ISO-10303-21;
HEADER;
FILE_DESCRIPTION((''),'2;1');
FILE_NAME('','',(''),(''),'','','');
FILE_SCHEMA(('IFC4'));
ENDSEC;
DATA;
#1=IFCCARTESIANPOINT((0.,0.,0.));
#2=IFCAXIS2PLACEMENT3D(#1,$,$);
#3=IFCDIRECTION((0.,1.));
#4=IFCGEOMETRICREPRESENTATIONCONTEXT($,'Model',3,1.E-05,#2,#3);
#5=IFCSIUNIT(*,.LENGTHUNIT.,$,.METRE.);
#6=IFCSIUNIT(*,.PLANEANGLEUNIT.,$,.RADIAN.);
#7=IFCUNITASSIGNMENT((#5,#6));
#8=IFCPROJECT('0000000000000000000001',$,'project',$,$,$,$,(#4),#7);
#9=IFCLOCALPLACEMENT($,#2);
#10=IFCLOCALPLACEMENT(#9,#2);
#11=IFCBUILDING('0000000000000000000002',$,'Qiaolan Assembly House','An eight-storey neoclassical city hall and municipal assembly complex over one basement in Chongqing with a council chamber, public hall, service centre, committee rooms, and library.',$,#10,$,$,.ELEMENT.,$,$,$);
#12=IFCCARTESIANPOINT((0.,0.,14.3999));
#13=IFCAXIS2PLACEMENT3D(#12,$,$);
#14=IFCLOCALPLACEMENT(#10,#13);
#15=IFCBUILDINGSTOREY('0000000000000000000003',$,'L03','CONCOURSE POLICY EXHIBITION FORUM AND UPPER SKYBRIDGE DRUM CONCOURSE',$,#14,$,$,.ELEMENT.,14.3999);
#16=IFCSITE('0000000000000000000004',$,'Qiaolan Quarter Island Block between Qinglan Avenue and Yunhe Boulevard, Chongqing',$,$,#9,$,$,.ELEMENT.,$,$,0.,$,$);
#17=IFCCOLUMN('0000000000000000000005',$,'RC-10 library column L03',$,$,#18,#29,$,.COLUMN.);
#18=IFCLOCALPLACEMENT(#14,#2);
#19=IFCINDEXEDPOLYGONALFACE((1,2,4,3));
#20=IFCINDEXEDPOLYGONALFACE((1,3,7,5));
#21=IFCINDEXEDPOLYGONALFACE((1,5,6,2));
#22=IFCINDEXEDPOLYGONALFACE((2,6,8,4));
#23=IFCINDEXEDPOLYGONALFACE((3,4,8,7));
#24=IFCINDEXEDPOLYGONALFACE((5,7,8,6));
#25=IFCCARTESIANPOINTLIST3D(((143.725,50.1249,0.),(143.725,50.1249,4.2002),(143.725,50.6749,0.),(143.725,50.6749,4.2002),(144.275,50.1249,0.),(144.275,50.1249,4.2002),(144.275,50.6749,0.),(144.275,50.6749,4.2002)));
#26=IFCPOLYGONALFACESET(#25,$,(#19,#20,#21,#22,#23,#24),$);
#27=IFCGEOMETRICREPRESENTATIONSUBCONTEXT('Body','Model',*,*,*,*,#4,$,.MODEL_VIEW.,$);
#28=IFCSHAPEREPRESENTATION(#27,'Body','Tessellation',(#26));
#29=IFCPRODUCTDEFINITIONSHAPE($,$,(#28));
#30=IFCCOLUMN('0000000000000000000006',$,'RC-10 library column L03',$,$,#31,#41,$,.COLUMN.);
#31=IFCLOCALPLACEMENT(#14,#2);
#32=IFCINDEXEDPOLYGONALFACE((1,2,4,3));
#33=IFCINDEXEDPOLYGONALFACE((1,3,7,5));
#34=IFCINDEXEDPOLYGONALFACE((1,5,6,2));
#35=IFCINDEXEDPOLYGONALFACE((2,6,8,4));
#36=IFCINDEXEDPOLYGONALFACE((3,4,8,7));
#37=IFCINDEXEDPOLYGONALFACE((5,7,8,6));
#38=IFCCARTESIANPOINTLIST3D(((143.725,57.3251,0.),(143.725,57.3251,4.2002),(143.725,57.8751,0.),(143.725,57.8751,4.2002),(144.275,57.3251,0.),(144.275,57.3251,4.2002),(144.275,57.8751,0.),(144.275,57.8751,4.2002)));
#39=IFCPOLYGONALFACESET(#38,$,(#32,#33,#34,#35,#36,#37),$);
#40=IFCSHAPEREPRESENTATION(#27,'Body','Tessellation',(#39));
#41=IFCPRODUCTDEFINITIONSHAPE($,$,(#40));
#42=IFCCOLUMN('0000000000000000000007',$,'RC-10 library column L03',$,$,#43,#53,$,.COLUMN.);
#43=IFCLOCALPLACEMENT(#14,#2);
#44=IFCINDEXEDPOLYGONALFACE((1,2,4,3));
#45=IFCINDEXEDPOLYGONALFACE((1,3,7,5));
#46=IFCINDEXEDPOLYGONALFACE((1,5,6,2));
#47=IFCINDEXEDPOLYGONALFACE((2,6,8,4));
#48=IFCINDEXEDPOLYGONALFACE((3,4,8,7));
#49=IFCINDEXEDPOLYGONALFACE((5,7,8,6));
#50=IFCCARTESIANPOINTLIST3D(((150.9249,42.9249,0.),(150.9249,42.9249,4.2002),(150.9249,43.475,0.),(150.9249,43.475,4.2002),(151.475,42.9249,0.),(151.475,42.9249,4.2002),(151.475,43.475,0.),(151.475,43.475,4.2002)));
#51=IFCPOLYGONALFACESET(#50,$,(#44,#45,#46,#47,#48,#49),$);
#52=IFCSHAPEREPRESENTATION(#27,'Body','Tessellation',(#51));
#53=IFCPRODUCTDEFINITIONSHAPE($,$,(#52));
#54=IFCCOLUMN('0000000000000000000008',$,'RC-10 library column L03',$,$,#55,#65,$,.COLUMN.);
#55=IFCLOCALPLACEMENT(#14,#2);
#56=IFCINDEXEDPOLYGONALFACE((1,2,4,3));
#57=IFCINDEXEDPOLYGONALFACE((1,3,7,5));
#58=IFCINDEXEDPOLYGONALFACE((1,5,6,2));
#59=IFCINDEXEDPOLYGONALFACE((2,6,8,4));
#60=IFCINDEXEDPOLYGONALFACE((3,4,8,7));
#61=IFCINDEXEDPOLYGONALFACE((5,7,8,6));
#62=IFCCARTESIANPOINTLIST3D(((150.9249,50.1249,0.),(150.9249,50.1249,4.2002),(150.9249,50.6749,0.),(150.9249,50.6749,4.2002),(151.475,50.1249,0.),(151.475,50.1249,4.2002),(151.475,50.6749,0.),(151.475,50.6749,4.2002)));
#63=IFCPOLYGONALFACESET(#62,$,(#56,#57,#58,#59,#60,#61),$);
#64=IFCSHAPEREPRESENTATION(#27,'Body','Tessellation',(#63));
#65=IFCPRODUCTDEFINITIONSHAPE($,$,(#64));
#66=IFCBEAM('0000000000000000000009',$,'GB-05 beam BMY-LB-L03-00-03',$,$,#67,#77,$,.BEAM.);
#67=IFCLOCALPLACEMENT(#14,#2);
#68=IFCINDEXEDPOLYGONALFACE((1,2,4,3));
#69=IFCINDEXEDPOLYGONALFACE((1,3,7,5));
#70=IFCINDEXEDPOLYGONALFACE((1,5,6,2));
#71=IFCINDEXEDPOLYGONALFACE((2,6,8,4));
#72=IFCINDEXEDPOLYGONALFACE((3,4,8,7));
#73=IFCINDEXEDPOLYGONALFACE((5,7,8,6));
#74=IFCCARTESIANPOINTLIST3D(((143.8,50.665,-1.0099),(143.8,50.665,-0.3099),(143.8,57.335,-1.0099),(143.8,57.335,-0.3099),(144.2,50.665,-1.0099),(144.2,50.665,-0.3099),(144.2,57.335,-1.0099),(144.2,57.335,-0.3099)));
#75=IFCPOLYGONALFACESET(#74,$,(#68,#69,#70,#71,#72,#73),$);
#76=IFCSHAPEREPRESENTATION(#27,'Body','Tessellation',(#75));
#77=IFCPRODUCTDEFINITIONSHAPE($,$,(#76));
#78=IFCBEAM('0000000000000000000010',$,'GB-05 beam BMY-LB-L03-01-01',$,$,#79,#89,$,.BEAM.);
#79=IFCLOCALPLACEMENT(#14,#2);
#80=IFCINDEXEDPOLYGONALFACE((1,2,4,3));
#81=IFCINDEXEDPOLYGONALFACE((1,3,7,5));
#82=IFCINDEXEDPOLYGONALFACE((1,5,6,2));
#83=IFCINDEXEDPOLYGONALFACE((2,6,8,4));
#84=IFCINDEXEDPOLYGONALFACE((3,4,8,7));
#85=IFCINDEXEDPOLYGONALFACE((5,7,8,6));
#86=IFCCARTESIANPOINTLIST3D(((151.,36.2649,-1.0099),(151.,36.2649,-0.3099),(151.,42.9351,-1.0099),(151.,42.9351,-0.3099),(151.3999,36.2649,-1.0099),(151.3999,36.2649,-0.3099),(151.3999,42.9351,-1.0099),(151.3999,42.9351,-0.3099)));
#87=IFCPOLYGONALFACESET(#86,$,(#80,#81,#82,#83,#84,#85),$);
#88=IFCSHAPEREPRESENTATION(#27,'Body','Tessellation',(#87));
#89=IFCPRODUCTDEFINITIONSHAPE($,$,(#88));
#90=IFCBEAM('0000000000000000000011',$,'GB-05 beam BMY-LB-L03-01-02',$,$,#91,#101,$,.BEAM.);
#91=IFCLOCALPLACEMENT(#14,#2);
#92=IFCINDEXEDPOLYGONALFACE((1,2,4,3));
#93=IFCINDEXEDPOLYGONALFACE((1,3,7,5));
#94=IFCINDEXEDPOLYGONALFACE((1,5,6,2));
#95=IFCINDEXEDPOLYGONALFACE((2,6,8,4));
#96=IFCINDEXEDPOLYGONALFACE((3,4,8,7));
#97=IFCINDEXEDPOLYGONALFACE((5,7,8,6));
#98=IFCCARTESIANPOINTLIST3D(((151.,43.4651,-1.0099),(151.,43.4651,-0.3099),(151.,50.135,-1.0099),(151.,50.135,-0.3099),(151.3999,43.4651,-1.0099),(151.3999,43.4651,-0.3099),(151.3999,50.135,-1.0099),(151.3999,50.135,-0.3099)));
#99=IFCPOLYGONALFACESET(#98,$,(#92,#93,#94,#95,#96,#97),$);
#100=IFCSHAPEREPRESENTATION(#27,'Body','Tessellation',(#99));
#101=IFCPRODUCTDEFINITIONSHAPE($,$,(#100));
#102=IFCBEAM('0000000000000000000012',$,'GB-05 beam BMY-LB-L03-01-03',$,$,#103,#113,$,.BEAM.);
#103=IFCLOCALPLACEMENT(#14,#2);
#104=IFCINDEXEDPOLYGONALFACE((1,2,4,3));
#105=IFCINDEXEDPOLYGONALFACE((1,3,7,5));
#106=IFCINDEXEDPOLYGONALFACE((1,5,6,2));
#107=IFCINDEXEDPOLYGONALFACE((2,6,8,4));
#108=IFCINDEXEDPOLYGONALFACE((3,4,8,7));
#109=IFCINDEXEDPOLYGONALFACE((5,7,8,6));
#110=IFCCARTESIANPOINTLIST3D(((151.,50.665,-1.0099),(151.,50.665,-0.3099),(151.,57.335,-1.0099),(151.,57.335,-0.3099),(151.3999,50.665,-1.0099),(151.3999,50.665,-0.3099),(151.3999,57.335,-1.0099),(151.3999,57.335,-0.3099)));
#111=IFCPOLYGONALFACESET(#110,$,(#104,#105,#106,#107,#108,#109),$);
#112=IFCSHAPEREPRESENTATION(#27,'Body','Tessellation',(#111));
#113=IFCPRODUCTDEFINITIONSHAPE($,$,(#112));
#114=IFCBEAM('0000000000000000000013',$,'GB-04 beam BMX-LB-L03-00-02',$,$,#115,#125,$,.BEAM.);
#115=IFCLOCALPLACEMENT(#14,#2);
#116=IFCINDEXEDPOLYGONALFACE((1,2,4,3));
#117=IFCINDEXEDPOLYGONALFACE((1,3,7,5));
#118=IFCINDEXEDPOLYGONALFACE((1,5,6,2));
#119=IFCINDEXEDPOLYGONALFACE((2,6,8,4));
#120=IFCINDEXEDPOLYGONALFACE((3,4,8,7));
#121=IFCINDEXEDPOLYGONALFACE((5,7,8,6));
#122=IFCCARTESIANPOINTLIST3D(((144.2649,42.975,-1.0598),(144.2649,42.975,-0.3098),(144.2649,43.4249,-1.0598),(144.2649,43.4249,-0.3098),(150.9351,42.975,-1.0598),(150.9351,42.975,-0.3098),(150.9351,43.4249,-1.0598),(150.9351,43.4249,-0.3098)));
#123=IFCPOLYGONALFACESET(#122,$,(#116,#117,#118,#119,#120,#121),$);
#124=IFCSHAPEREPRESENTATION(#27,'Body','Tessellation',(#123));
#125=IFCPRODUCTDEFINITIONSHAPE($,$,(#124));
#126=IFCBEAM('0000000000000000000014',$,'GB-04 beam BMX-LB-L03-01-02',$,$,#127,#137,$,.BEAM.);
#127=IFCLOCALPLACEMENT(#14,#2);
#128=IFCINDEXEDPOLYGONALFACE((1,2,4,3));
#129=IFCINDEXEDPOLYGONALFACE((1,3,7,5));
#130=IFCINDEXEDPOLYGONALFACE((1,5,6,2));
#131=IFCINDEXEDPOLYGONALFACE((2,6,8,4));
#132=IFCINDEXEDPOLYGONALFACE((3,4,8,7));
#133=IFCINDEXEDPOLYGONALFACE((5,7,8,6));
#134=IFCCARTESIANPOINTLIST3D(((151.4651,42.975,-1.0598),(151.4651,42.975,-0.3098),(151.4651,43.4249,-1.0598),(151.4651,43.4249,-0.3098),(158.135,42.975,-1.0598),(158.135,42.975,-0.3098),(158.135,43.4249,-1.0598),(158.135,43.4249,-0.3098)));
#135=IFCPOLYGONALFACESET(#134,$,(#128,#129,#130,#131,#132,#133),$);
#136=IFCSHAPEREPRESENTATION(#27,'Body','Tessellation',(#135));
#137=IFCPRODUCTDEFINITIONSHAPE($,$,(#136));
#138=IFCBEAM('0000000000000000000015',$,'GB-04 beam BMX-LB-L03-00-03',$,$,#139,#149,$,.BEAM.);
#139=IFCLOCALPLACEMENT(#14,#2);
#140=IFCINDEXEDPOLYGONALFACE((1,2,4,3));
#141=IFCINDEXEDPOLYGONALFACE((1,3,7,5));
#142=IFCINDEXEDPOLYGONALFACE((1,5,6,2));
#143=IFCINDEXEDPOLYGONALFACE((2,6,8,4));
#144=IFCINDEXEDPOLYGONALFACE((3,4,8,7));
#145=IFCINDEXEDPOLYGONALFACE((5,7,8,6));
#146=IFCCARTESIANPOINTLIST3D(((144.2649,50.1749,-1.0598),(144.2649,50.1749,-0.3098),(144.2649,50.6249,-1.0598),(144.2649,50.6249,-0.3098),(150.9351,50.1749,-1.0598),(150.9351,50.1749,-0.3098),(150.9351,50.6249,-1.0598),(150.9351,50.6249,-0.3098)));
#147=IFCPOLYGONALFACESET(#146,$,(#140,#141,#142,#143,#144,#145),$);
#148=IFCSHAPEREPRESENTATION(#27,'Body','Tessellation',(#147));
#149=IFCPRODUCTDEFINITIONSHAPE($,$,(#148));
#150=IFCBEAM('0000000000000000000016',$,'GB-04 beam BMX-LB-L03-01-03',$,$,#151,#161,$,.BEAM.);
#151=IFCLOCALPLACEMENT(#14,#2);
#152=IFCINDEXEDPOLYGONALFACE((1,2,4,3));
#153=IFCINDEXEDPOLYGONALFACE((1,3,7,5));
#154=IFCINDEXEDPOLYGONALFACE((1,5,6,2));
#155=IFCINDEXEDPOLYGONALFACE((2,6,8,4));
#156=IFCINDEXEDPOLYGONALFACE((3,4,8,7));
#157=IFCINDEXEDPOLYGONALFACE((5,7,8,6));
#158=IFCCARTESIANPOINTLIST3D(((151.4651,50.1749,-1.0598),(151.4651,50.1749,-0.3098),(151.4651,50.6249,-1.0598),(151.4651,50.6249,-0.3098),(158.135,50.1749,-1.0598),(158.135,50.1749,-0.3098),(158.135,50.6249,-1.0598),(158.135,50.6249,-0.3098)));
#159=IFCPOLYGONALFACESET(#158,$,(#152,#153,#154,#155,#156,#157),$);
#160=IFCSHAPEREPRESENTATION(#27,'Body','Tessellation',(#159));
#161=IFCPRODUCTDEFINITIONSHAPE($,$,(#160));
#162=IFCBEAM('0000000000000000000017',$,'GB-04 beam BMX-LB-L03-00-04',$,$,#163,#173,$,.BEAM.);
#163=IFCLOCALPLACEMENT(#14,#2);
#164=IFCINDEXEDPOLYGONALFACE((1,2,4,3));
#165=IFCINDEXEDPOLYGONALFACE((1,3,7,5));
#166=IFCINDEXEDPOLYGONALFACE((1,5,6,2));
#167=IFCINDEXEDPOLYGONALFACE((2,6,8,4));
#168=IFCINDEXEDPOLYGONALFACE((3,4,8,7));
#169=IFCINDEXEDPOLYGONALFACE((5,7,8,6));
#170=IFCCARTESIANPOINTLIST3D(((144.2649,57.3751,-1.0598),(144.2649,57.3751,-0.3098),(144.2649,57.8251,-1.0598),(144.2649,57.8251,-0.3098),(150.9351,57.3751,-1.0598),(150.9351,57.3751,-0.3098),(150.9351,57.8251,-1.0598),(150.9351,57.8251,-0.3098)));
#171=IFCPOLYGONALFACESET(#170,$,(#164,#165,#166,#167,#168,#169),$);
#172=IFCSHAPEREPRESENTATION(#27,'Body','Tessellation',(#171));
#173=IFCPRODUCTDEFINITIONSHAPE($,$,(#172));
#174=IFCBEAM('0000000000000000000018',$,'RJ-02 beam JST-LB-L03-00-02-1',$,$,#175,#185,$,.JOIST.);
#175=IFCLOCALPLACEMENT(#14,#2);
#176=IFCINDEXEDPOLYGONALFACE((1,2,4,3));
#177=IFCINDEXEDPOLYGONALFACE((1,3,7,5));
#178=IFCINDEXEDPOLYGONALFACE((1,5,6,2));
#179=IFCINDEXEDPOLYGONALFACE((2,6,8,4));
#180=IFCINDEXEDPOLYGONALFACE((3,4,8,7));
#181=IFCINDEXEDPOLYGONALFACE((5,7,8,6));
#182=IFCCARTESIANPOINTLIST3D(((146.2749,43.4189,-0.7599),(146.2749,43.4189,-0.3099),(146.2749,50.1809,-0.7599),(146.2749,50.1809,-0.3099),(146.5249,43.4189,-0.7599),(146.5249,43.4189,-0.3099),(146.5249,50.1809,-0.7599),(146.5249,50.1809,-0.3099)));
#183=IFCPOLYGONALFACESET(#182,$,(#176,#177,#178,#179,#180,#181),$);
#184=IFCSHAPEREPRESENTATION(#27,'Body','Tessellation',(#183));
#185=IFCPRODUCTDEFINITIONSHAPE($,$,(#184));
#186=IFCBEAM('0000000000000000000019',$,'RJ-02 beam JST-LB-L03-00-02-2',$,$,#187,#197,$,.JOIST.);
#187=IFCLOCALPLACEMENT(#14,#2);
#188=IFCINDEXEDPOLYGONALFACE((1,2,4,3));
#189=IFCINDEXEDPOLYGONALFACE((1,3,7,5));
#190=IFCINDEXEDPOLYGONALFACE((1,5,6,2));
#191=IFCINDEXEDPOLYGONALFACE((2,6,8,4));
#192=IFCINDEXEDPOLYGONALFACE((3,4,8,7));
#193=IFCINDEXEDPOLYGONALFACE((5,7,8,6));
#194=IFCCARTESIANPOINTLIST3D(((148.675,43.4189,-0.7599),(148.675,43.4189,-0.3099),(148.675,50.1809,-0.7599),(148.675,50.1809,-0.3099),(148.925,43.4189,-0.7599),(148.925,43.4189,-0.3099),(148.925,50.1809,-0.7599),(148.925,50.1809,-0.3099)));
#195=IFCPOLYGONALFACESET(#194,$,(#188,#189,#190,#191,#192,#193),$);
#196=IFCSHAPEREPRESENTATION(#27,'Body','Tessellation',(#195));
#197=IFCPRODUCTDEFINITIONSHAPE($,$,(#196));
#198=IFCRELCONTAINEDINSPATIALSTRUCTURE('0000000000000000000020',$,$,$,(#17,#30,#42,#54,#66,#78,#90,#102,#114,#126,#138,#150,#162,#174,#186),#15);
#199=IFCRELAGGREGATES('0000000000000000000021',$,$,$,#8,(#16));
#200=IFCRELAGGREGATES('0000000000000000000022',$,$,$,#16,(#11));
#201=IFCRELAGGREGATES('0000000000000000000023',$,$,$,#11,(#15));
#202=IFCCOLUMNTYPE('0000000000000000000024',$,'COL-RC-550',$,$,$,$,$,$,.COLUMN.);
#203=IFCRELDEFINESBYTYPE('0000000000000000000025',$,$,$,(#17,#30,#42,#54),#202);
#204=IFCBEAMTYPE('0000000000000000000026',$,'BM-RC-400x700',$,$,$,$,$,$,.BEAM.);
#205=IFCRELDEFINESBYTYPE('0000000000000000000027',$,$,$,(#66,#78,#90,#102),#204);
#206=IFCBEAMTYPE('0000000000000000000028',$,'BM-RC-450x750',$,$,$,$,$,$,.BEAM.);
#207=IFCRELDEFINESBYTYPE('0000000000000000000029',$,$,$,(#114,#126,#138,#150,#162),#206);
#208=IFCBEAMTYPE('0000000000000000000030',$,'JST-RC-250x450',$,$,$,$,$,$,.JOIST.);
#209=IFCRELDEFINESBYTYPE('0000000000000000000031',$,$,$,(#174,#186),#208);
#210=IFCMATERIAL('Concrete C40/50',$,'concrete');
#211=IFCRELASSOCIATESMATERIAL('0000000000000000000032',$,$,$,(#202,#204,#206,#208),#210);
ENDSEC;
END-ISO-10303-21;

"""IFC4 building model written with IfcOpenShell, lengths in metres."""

from ifc_helpers import new_model, si_unit, direction, frame, origin, origin_2d, place, context, subcontext, project, spatial, rectangle, extrude, material, material_profile, profile_set, type_object, element, save


model = new_model("IFC4")

# Units and contexts
model_context = context("Model", 3, precision=1e-05, world=origin(), true_north=direction((0.0, 1.0)))
body_context = subcontext(model_context, "Body", "Model", "MODEL_VIEW")
ifc_project = project(units=[si_unit("LENGTHUNIT", "METRE"), si_unit("PLANEANGLEUNIT", "RADIAN")], contexts=[model_context])

# Site, building, storey
site_placement = place(None, origin())
site = spatial("IfcSite", under=ifc_project, at=site_placement, Name="Qiaolan Quarter Island Block between Qinglan Avenue and Yunhe Boulevard, Chongqing", CompositionType="ELEMENT", RefElevation=0.0)
building_placement = place(site_placement, origin())
building = spatial("IfcBuilding", under=site, at=building_placement, Name="Qiaolan Assembly House", Description="An eight-storey neoclassical city hall and municipal assembly complex over one basement in Chongqing with a council chamber, public hall, service centre, committee rooms, and library.", CompositionType="ELEMENT")
storey_placement = place(building_placement, frame((0.0, 0.0, 14.3999)))
storey = spatial("IfcBuildingStorey", under=building, at=storey_placement, Name="L03", Description="CONCOURSE POLICY EXHIBITION FORUM AND UPPER SKYBRIDGE DRUM CONCOURSE", CompositionType="ELEMENT", Elevation=14.3999)

# Columns
ifc_material_1 = material(Name="Concrete C40/50", Category="concrete")
ifc_material_profile_1 = material_profile(ifc_material_1, rectangle(XDim=0.55, YDim=0.55, at=origin_2d()), Name="RC 550x550")
ifc_profile_set_1 = profile_set([ifc_material_profile_1], Name="Concrete C40/50")
column_type = type_object("IfcColumnType", Name="COL-RC-550", PredefinedType="COLUMN", material=ifc_profile_set_1)
for number, where, z_axis, x_axis, name in (
    (1, (144.0, 50.3999, 0.0), (0.0, 0.0, 1.0), (1.0, 0.0, 0.0), "RC-10 library column L03"),
    (2, (144.0, 57.6001, 0.0), (0.0, 0.0, 1.0), (1.0, 0.0, 0.0), "RC-10 library column L03"),
    (3, (151.2, 43.2, 0.0), (0.0, 0.0, 1.0), (1.0, 0.0, 0.0), "RC-10 library column L03"),
    (4, (151.2, 50.3999, 0.0), (0.0, 0.0, 1.0), (1.0, 0.0, 0.0), "RC-10 library column L03"),
):
    element("IfcColumn", number, at=place(storey_placement, frame(where, z_axis=z_axis, x_axis=x_axis)), inside=storey, type_object=column_type, Name=name, PredefinedType="COLUMN", context=body_context, shape_type="SweptSolid", body=[
        extrude(rectangle(XDim=0.55, YDim=0.55, at=origin_2d()), origin(), (0.0, 0.0, 1.0), 4.2002),
    ])

# Beams
ifc_material_profile_2 = material_profile(ifc_material_1, rectangle(XDim=0.3999, YDim=0.7, at=origin_2d()), Name="RCB 400x700")
ifc_profile_set_2 = profile_set([ifc_material_profile_2], Name="Concrete C40/50")
beam_type_1 = type_object("IfcBeamType", Name="BM-RC-400x700", PredefinedType="BEAM", material=ifc_profile_set_2)
beam_1_placement = place(storey_placement, frame((144.0, 50.665, -0.6599), z_axis=(0.0, 1.0, 0.0), x_axis=(-1.0, 0.0, 0.0)))
element("IfcBeam", 5, at=beam_1_placement, inside=storey, type_object=beam_type_1, Name="GB-05 beam BMY-LB-L03-00-03", PredefinedType="BEAM", context=body_context, shape_type="SweptSolid", body=[
    extrude(rectangle(XDim=0.3999, YDim=0.7, at=origin_2d()), origin(), (0.0, 0.0, 1.0), 6.6699),
])
beam_2_placement = place(storey_placement, frame((151.2, 36.2649, -0.6599), z_axis=(0.0, 1.0, 0.0), x_axis=(-1.0, 0.0, 0.0)))
element("IfcBeam", 6, at=beam_2_placement, inside=storey, type_object=beam_type_1, Name="GB-05 beam BMY-LB-L03-01-01", PredefinedType="BEAM", context=body_context, shape_type="SweptSolid", body=[
    extrude(rectangle(XDim=0.3999, YDim=0.7, at=origin_2d()), origin(), (0.0, 0.0, 1.0), 6.6702),
])
for number, where, z_axis, x_axis, name in (
    (7, (151.2, 43.4651, -0.6599), (0.0, 1.0, 0.0), (-1.0, 0.0, 0.0), "GB-05 beam BMY-LB-L03-01-02"),
    (8, (151.2, 50.665, -0.6599), (0.0, 1.0, 0.0), (-1.0, 0.0, 0.0), "GB-05 beam BMY-LB-L03-01-03"),
):
    element("IfcBeam", number, at=place(storey_placement, frame(where, z_axis=z_axis, x_axis=x_axis)), inside=storey, type_object=beam_type_1, Name=name, PredefinedType="BEAM", context=body_context, shape_type="SweptSolid", body=[
        extrude(rectangle(XDim=0.3999, YDim=0.7, at=origin_2d()), origin(), (0.0, 0.0, 1.0), 6.6699),
    ])
ifc_material_profile_3 = material_profile(ifc_material_1, rectangle(XDim=0.45, YDim=0.75, at=origin_2d()), Name="RCB 450x750")
ifc_profile_set_3 = profile_set([ifc_material_profile_3], Name="Concrete C40/50")
beam_type_2 = type_object("IfcBeamType", Name="BM-RC-450x750", PredefinedType="BEAM", material=ifc_profile_set_3)
beam_3_placement = place(storey_placement, frame((144.2649, 43.2, -0.6848), z_axis=(1.0, 0.0, 0.0), x_axis=(0.0, 1.0, 0.0)))
element("IfcBeam", 9, at=beam_3_placement, inside=storey, type_object=beam_type_2, Name="GB-04 beam BMX-LB-L03-00-02", PredefinedType="BEAM", context=body_context, shape_type="SweptSolid", body=[
    extrude(rectangle(XDim=0.45, YDim=0.75, at=origin_2d()), origin(), (0.0, 0.0, 1.0), 6.6702),
])
beam_4_placement = place(storey_placement, frame((151.4651, 43.2, -0.6848), z_axis=(1.0, 0.0, 0.0), x_axis=(0.0, 1.0, 0.0)))
element("IfcBeam", 10, at=beam_4_placement, inside=storey, type_object=beam_type_2, Name="GB-04 beam BMX-LB-L03-01-02", PredefinedType="BEAM", context=body_context, shape_type="SweptSolid", body=[
    extrude(rectangle(XDim=0.45, YDim=0.75, at=origin_2d()), origin(), (0.0, 0.0, 1.0), 6.6699),
])
beam_5_placement = place(storey_placement, frame((144.2649, 50.3999, -0.6848), z_axis=(1.0, 0.0, 0.0), x_axis=(0.0, 1.0, 0.0)))
element("IfcBeam", 11, at=beam_5_placement, inside=storey, type_object=beam_type_2, Name="GB-04 beam BMX-LB-L03-00-03", PredefinedType="BEAM", context=body_context, shape_type="SweptSolid", body=[
    extrude(rectangle(XDim=0.45, YDim=0.75, at=origin_2d()), origin(), (0.0, 0.0, 1.0), 6.6702),
])
beam_6_placement = place(storey_placement, frame((151.4651, 50.3999, -0.6848), z_axis=(1.0, 0.0, 0.0), x_axis=(0.0, 1.0, 0.0)))
element("IfcBeam", 12, at=beam_6_placement, inside=storey, type_object=beam_type_2, Name="GB-04 beam BMX-LB-L03-01-03", PredefinedType="BEAM", context=body_context, shape_type="SweptSolid", body=[
    extrude(rectangle(XDim=0.45, YDim=0.75, at=origin_2d()), origin(), (0.0, 0.0, 1.0), 6.6699),
])
beam_7_placement = place(storey_placement, frame((144.2649, 57.6001, -0.6848), z_axis=(1.0, 0.0, 0.0), x_axis=(0.0, 1.0, 0.0)))
element("IfcBeam", 13, at=beam_7_placement, inside=storey, type_object=beam_type_2, Name="GB-04 beam BMX-LB-L03-00-04", PredefinedType="BEAM", context=body_context, shape_type="SweptSolid", body=[
    extrude(rectangle(XDim=0.45, YDim=0.75, at=origin_2d()), origin(), (0.0, 0.0, 1.0), 6.6702),
])
ifc_material_profile_4 = material_profile(ifc_material_1, rectangle(XDim=0.25, YDim=0.45, at=origin_2d()), Name="RCB 250x450")
ifc_profile_set_4 = profile_set([ifc_material_profile_4], Name="Concrete C40/50")
beam_type_3 = type_object("IfcBeamType", Name="JST-RC-250x450", PredefinedType="JOIST", material=ifc_profile_set_4)
for number, where, z_axis, x_axis, name in (
    (14, (146.3999, 43.4189, -0.5349), (0.0, 1.0, 0.0), (-1.0, 0.0, 0.0), "RJ-02 beam JST-LB-L03-00-02-1"),
    (15, (148.8, 43.4189, -0.5349), (0.0, 1.0, 0.0), (-1.0, 0.0, 0.0), "RJ-02 beam JST-LB-L03-00-02-2"),
):
    element("IfcBeam", number, at=place(storey_placement, frame(where, z_axis=z_axis, x_axis=x_axis)), inside=storey, type_object=beam_type_3, Name=name, PredefinedType="JOIST", context=body_context, shape_type="SweptSolid", body=[
        extrude(rectangle(XDim=0.25, YDim=0.45, at=origin_2d()), origin(), (0.0, 0.0, 1.0), 6.762),
    ])

save(model, "model.ifc")
